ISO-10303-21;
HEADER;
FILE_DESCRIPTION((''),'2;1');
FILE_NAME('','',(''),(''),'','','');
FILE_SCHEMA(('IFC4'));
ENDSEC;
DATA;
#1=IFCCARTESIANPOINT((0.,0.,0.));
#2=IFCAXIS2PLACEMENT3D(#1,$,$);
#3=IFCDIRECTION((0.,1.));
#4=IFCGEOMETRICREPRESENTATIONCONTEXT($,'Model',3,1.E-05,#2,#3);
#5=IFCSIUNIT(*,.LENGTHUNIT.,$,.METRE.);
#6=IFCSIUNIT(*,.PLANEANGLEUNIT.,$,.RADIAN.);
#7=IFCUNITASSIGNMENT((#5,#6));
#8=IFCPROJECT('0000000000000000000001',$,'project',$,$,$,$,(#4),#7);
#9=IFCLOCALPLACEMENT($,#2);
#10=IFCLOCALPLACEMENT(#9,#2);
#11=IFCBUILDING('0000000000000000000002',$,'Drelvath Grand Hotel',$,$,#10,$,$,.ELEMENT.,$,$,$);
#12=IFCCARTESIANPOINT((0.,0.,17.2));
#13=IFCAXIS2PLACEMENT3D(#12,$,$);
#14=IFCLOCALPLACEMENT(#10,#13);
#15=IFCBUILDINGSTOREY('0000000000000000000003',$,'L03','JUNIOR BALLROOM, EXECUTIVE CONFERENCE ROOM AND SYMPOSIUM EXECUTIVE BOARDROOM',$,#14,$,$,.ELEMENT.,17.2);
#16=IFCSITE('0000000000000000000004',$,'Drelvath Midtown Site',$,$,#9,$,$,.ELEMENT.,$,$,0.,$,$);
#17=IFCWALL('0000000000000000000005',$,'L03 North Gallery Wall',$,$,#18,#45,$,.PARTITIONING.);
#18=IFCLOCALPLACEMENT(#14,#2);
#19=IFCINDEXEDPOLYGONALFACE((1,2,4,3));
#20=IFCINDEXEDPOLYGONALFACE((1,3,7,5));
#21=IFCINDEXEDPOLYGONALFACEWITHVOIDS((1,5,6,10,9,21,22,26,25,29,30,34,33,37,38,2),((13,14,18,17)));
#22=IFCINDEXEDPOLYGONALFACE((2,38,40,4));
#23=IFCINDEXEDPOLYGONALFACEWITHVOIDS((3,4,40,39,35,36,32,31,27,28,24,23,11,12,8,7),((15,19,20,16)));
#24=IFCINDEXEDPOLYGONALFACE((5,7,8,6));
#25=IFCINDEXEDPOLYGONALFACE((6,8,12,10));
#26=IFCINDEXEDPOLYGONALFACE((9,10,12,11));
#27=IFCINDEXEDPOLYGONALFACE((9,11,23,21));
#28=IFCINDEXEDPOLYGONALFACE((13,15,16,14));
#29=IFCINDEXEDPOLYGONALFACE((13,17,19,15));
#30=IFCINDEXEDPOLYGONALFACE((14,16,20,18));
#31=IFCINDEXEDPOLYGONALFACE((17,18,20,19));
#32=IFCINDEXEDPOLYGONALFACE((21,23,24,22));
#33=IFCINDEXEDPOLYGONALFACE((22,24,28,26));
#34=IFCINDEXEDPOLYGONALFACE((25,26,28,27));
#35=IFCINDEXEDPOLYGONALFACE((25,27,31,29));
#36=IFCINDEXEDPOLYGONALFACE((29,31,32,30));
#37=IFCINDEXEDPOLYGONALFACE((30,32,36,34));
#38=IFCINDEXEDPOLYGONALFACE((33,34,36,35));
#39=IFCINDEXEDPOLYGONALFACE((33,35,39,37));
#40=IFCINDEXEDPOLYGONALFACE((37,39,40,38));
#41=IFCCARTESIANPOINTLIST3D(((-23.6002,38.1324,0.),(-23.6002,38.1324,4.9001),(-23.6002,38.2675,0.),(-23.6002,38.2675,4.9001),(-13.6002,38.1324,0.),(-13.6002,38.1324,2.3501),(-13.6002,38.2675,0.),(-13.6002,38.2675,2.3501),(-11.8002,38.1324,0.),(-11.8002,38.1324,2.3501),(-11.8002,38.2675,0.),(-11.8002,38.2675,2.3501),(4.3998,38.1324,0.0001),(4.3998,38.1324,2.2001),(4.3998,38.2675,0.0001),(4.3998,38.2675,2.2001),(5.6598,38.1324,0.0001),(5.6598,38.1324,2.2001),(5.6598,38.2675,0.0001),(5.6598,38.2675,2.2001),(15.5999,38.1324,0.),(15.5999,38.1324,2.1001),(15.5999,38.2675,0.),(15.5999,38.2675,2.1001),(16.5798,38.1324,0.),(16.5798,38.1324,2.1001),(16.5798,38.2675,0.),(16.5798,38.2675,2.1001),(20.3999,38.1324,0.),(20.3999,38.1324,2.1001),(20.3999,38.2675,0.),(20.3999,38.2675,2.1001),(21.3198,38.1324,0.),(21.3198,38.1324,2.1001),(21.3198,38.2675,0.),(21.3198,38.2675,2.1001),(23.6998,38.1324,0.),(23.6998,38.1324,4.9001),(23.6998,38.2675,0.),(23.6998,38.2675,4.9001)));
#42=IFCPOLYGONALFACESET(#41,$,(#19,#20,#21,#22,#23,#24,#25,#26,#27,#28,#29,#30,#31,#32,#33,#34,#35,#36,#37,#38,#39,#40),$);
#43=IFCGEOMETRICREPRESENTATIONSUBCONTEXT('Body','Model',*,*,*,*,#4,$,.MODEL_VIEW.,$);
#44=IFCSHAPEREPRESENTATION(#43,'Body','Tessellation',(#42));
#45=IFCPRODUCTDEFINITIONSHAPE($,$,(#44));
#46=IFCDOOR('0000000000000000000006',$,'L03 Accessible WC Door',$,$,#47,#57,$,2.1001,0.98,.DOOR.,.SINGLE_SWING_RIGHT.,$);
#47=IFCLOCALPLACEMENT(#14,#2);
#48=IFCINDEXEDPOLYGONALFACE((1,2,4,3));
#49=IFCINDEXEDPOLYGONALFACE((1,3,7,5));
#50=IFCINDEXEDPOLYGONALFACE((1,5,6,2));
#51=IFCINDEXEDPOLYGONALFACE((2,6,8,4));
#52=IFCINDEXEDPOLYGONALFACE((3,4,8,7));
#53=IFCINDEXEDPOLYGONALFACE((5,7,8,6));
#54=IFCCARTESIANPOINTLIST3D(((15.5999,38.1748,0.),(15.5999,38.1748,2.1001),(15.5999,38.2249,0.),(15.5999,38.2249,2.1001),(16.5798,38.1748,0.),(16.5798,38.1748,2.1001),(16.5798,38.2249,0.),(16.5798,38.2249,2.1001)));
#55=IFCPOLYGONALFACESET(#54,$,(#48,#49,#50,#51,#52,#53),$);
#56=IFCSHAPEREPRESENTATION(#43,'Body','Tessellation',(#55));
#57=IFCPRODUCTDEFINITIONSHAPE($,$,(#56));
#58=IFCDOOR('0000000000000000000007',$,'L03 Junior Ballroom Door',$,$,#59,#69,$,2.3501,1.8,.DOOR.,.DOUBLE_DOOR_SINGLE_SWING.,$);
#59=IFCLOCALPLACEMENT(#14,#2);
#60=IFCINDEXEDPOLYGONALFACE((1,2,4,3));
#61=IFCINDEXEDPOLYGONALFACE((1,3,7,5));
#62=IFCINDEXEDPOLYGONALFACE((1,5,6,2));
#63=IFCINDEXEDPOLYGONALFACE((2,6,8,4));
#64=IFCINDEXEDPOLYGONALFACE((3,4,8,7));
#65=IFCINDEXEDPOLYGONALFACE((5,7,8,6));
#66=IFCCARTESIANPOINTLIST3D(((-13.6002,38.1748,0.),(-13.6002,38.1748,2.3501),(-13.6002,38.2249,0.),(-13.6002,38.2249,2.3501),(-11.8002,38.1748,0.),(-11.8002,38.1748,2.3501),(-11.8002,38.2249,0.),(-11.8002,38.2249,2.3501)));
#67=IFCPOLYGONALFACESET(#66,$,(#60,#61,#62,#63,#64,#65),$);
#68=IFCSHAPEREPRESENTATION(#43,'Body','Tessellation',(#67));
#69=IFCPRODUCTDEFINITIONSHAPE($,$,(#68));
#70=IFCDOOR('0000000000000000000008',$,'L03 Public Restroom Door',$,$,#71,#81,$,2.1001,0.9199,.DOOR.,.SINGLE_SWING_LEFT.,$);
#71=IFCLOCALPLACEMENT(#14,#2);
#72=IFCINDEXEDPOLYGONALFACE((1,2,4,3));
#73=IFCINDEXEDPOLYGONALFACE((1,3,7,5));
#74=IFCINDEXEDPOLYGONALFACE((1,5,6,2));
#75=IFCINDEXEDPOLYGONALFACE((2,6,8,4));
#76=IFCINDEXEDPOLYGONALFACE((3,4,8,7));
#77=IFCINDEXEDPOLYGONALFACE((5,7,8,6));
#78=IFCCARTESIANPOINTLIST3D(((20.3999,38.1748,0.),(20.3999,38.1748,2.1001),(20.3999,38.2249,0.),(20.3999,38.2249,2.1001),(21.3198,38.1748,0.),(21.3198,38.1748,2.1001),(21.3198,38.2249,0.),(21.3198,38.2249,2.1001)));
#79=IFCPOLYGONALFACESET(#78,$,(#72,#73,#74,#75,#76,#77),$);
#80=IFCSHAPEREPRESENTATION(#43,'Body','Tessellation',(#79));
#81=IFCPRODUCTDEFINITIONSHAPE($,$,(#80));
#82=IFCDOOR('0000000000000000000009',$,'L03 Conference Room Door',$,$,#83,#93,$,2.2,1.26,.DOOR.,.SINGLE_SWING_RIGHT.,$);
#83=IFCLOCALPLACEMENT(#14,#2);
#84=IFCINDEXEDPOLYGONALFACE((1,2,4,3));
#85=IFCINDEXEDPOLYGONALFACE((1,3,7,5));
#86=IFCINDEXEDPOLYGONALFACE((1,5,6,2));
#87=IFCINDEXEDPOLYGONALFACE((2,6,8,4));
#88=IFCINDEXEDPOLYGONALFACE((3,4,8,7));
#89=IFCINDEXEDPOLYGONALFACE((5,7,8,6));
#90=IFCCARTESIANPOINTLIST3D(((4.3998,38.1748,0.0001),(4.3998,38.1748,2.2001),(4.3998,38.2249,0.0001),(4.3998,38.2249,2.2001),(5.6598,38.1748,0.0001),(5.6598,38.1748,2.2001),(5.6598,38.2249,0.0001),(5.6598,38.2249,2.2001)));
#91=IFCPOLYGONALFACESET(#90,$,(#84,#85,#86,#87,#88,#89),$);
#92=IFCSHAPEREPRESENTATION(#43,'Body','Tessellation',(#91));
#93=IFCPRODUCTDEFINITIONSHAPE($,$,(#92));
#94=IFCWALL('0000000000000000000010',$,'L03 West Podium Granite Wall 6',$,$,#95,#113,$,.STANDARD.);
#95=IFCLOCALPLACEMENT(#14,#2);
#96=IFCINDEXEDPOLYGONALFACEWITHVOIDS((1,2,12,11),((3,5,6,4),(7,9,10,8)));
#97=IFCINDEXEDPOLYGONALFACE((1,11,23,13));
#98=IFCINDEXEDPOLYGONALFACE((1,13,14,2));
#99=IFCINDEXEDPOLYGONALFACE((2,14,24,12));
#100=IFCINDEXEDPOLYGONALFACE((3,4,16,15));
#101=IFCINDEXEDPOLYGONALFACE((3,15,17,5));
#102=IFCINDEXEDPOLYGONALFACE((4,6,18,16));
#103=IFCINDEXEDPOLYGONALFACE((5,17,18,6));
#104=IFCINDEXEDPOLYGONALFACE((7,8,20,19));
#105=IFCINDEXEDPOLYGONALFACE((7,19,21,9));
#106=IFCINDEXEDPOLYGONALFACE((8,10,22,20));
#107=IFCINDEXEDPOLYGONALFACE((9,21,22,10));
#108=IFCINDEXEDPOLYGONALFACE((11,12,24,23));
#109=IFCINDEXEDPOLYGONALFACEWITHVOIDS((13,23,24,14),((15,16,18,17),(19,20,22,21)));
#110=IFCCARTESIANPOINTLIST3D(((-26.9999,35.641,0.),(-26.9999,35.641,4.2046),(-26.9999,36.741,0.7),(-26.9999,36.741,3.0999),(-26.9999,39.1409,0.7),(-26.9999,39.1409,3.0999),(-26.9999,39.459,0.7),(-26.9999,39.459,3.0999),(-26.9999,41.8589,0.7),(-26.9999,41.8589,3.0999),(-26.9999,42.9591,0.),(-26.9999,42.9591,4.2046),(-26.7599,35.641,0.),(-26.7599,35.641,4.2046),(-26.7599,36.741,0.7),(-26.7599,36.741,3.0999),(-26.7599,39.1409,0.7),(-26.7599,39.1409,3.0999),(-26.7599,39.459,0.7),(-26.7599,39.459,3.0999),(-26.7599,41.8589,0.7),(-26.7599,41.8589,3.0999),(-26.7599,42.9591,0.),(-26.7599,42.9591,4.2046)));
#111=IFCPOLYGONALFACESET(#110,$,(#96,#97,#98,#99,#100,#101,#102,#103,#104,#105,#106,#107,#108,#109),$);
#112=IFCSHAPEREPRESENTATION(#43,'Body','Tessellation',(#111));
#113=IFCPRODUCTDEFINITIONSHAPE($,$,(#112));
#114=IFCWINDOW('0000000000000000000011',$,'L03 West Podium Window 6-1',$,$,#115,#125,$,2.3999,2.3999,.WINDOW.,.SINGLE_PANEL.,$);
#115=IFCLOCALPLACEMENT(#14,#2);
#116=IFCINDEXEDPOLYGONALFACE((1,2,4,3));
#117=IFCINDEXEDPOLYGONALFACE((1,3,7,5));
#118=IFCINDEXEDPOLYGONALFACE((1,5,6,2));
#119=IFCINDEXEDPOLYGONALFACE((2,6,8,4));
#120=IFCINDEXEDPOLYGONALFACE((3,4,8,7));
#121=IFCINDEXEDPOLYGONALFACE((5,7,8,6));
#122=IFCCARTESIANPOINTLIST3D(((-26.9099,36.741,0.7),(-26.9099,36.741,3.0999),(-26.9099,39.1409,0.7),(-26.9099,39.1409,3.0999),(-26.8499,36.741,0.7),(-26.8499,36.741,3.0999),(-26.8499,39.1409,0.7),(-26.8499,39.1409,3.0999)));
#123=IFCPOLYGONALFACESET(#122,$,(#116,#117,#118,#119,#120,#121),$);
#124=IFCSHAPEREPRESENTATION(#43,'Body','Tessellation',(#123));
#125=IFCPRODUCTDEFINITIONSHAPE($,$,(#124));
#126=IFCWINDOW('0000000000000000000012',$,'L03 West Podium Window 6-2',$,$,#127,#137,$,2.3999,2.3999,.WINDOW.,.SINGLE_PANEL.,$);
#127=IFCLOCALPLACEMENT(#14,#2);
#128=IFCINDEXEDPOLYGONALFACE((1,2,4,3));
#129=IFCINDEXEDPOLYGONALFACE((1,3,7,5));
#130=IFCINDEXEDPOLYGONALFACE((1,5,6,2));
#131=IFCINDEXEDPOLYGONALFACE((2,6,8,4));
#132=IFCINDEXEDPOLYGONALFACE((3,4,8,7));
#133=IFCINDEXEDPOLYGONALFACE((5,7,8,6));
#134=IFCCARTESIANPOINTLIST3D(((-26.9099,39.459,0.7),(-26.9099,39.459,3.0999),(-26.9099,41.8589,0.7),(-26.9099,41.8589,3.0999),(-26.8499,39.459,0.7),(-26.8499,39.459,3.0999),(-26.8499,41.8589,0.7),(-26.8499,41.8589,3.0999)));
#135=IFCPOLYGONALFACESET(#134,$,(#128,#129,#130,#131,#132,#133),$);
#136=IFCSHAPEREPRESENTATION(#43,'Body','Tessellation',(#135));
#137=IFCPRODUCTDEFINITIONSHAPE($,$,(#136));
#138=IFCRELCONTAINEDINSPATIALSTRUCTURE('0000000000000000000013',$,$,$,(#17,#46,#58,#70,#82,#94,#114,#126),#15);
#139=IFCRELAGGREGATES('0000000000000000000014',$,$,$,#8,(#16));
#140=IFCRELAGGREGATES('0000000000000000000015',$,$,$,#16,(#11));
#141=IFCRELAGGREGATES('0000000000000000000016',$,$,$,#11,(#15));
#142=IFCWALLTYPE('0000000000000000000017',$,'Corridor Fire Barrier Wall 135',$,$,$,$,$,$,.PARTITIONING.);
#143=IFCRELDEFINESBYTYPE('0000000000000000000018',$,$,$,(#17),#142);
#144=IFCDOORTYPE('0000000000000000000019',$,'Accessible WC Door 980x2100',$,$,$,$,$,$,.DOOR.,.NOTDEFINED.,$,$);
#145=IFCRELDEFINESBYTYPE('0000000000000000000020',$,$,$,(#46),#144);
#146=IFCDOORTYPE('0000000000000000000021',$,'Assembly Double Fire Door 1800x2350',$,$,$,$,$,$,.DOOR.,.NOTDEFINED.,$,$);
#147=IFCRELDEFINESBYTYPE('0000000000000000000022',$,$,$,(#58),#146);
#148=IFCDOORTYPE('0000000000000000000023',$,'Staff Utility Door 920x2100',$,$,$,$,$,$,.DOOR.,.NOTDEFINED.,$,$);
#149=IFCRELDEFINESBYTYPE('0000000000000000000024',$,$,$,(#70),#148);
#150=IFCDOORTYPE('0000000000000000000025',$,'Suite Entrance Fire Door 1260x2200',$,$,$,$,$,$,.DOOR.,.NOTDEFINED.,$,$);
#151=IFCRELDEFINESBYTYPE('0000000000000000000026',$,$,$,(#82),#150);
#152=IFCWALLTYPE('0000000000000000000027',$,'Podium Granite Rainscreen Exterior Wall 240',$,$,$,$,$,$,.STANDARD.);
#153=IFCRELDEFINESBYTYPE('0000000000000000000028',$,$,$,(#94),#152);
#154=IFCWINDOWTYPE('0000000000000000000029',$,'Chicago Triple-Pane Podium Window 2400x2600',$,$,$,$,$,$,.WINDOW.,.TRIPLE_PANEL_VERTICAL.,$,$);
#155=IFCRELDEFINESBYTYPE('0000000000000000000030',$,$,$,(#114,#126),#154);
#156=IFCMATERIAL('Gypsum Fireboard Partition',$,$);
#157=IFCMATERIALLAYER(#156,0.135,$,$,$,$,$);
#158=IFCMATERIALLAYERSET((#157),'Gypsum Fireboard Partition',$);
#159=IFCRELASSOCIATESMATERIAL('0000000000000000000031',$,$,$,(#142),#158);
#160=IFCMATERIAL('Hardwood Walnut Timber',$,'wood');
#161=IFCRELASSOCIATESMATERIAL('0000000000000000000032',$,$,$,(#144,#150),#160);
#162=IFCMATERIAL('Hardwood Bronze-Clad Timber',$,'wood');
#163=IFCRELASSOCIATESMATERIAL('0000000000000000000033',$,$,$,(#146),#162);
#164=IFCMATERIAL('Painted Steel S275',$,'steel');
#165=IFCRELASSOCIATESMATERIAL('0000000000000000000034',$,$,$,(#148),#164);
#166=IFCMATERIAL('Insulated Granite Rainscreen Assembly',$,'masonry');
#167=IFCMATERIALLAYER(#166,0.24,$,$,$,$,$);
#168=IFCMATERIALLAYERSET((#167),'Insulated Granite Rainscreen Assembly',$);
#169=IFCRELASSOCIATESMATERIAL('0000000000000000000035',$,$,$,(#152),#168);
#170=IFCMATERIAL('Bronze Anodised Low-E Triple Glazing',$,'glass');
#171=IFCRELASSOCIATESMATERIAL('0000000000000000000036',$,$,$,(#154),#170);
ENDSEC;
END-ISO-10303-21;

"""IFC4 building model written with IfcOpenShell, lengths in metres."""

from ifc_helpers import new_model, si_unit, direction, frame, frame_2d, origin, place, context, subcontext, project, spatial, rectangle, extrude, material, layer, layer_set, type_object, element, fill, save


model = new_model("IFC4")

# Units and contexts
model_context = context("Model", 3, precision=1e-05, world=origin(), true_north=direction((0.0, 1.0)))
body_context = subcontext(model_context, "Body", "Model", "MODEL_VIEW")
ifc_project = project(units=[si_unit("LENGTHUNIT", "METRE"), si_unit("PLANEANGLEUNIT", "RADIAN")], contexts=[model_context])

# Site, building, storey
site_placement = place(None, origin())
site = spatial("IfcSite", under=ifc_project, at=site_placement, Name="Drelvath Midtown Site", CompositionType="ELEMENT", RefElevation=0.0)
building_placement = place(site_placement, origin())
building = spatial("IfcBuilding", under=site, at=building_placement, Name="Drelvath Grand Hotel", CompositionType="ELEMENT")
storey_placement = place(building_placement, frame((0.0, 0.0, 17.2)))
storey = spatial("IfcBuildingStorey", under=building, at=storey_placement, Name="L03", Description="JUNIOR BALLROOM, EXECUTIVE CONFERENCE ROOM AND SYMPOSIUM EXECUTIVE BOARDROOM", CompositionType="ELEMENT", Elevation=17.2)

# Wall, openings, doors
ifc_material_1 = material(Name="Gypsum Fireboard Partition")
ifc_layer_1 = layer(ifc_material_1, 0.135)
ifc_layer_set_1 = layer_set([ifc_layer_1], Name="Gypsum Fireboard Partition")
wall_type_1 = type_object("IfcWallType", Name="Corridor Fire Barrier Wall 135", PredefinedType="PARTITIONING", material=ifc_layer_set_1)
wall_1_placement = place(storey_placement, frame((-23.6001, 38.2, 0.0), z_axis=(0.0, 0.0, 1.0), x_axis=(1.0, 0.0, 0.0)))
wall_1 = element("IfcWall", 1, at=wall_1_placement, inside=storey, type_object=wall_type_1, Name="L03 North Gallery Wall", PredefinedType="PARTITIONING", context=body_context, shape_type="SweptSolid", body=[
    extrude(rectangle(XDim=47.3, YDim=0.135, at=frame_2d((23.6499, 0.0))), origin(), (0.0, 0.0, 1.0), 4.9001),
])
opening_1_placement = place(wall_1_placement, frame((39.2, 0.0, 0.0)))
opening_1 = element("IfcOpeningElement", 2, at=opening_1_placement, cuts=wall_1, PredefinedType="OPENING", context=body_context, shape_type="SweptSolid", body=[
    extrude(rectangle(XDim=0.98, YDim=2.1001, at=frame_2d((0.49, 1.05))), frame((0.0, 0.0774, 0.0), z_axis=(0.0, -1.0, 0.0), x_axis=(1.0, 0.0, 0.0)), (0.0, 0.0, 1.0), 0.155),
])
opening_2_placement = place(wall_1_placement, frame((44.0, 0.0, 0.0)))
opening_2 = element("IfcOpeningElement", 3, at=opening_2_placement, cuts=wall_1, PredefinedType="OPENING", context=body_context, shape_type="SweptSolid", body=[
    extrude(rectangle(XDim=0.9199, YDim=2.1001, at=frame_2d((0.46, 1.05))), frame((0.0, 0.0774, 0.0), z_axis=(0.0, -1.0, 0.0), x_axis=(1.0, 0.0, 0.0)), (0.0, 0.0, 1.0), 0.155),
])
opening_3_placement = place(wall_1_placement, frame((10.0, 0.0, 0.0)))
opening_3 = element("IfcOpeningElement", 4, at=opening_3_placement, cuts=wall_1, PredefinedType="OPENING", context=body_context, shape_type="SweptSolid", body=[
    extrude(rectangle(XDim=1.8, YDim=2.3501, at=frame_2d((0.8999, 1.175))), frame((0.0, 0.0774, 0.0), z_axis=(0.0, -1.0, 0.0), x_axis=(1.0, 0.0, 0.0)), (0.0, 0.0, 1.0), 0.155),
])
opening_4_placement = place(wall_1_placement, frame((28.0, 0.0, 0.0)))
opening_4 = element("IfcOpeningElement", 5, at=opening_4_placement, cuts=wall_1, PredefinedType="OPENING", context=body_context, shape_type="SweptSolid", body=[
    extrude(rectangle(XDim=1.26, YDim=2.2, at=frame_2d((0.6299, 1.1001))), frame((0.0, 0.0774, 0.0), z_axis=(0.0, -1.0, 0.0), x_axis=(1.0, 0.0, 0.0)), (0.0, 0.0, 1.0), 0.155),
])
ifc_material_2 = material(Name="Hardwood Walnut Timber", Category="wood")
door_type_1 = type_object("IfcDoorType", Name="Accessible WC Door 980x2100", OperationType="NOTDEFINED", PredefinedType="DOOR", material=ifc_material_2)
door_1_placement = place(opening_1_placement, origin())
door_1 = element("IfcDoor", 6, at=door_1_placement, inside=storey, type_object=door_type_1, Name="L03 Accessible WC Door", OperationType="SINGLE_SWING_RIGHT", OverallHeight=2.1001, OverallWidth=0.98, PredefinedType="DOOR", context=body_context, shape_type="SweptSolid", body=[
    extrude(rectangle(XDim=0.98, YDim=2.1001, at=frame_2d((0.49, 1.05))), frame((0.0, 0.0249, 0.0), z_axis=(0.0, -1.0, 0.0), x_axis=(1.0, 0.0, 0.0)), (0.0, 0.0, 1.0), 0.05),
])
fill(opening_1, door_1)
ifc_material_3 = material(Name="Hardwood Bronze-Clad Timber", Category="wood")
door_type_2 = type_object("IfcDoorType", Name="Assembly Double Fire Door 1800x2350", OperationType="NOTDEFINED", PredefinedType="DOOR", material=ifc_material_3)
door_2_placement = place(opening_3_placement, origin())
door_2 = element("IfcDoor", 7, at=door_2_placement, inside=storey, type_object=door_type_2, Name="L03 Junior Ballroom Door", OperationType="DOUBLE_DOOR_SINGLE_SWING", OverallHeight=2.3501, OverallWidth=1.8, PredefinedType="DOOR", context=body_context, shape_type="SweptSolid", body=[
    extrude(rectangle(XDim=1.8, YDim=2.3501, at=frame_2d((0.8999, 1.175))), frame((0.0, 0.0249, 0.0), z_axis=(0.0, -1.0, 0.0), x_axis=(1.0, 0.0, 0.0)), (0.0, 0.0, 1.0), 0.05),
])
fill(opening_3, door_2)
ifc_material_4 = material(Name="Painted Steel S275", Category="steel")
door_type_3 = type_object("IfcDoorType", Name="Staff Utility Door 920x2100", OperationType="NOTDEFINED", PredefinedType="DOOR", material=ifc_material_4)
door_3_placement = place(opening_2_placement, origin())
door_3 = element("IfcDoor", 8, at=door_3_placement, inside=storey, type_object=door_type_3, Name="L03 Public Restroom Door", OperationType="SINGLE_SWING_LEFT", OverallHeight=2.1001, OverallWidth=0.9199, PredefinedType="DOOR", context=body_context, shape_type="SweptSolid", body=[
    extrude(rectangle(XDim=0.9199, YDim=2.1001, at=frame_2d((0.46, 1.05))), frame((0.0, 0.0249, 0.0), z_axis=(0.0, -1.0, 0.0), x_axis=(1.0, 0.0, 0.0)), (0.0, 0.0, 1.0), 0.05),
])
fill(opening_2, door_3)
door_type_4 = type_object("IfcDoorType", Name="Suite Entrance Fire Door 1260x2200", OperationType="NOTDEFINED", PredefinedType="DOOR", material=ifc_material_2)
door_4_placement = place(opening_4_placement, origin())
door_4 = element("IfcDoor", 9, at=door_4_placement, inside=storey, type_object=door_type_4, Name="L03 Conference Room Door", OperationType="SINGLE_SWING_RIGHT", OverallHeight=2.2, OverallWidth=1.26, PredefinedType="DOOR", context=body_context, shape_type="SweptSolid", body=[
    extrude(rectangle(XDim=1.26, YDim=2.2, at=frame_2d((0.6299, 1.1001))), frame((0.0, 0.0249, 0.0), z_axis=(0.0, -1.0, 0.0), x_axis=(1.0, 0.0, 0.0)), (0.0, 0.0, 1.0), 0.05),
])
fill(opening_4, door_4)

# Wall, openings, windows
ifc_material_5 = material(Name="Insulated Granite Rainscreen Assembly", Category="masonry")
ifc_layer_2 = layer(ifc_material_5, 0.24)
ifc_layer_set_2 = layer_set([ifc_layer_2], Name="Insulated Granite Rainscreen Assembly")
wall_type_2 = type_object("IfcWallType", Name="Podium Granite Rainscreen Exterior Wall 240", PredefinedType="STANDARD", material=ifc_layer_set_2)
wall_2_placement = place(storey_placement, frame((-26.8799, 35.6409, 0.0), z_axis=(0.0, 0.0, 1.0), x_axis=(0.0, 1.0, 0.0)))
wall_2 = element("IfcWall", 10, at=wall_2_placement, inside=storey, type_object=wall_type_2, Name="L03 West Podium Granite Wall 6", PredefinedType="STANDARD", context=body_context, shape_type="SweptSolid", body=[
    extrude(rectangle(XDim=7.3181, YDim=0.24, at=frame_2d((3.6592, 0.0))), origin(), (0.0, 0.0, 1.0), 4.2046),
])
opening_5_placement = place(wall_2_placement, frame((1.1001, 0.0, 0.7)))
opening_5 = element("IfcOpeningElement", 11, at=opening_5_placement, cuts=wall_2, PredefinedType="OPENING", context=body_context, shape_type="SweptSolid", body=[
    extrude(rectangle(XDim=2.3999, YDim=2.3999, at=frame_2d((1.2, 1.2))), frame((0.0, 0.1299, 0.0), z_axis=(0.0, -1.0, 0.0), x_axis=(1.0, 0.0, 0.0)), (0.0, 0.0, 1.0), 0.26),
])
opening_6_placement = place(wall_2_placement, frame((3.8181, 0.0, 0.7)))
opening_6 = element("IfcOpeningElement", 12, at=opening_6_placement, cuts=wall_2, PredefinedType="OPENING", context=body_context, shape_type="SweptSolid", body=[
    extrude(rectangle(XDim=2.3999, YDim=2.3999, at=frame_2d((1.2, 1.2))), frame((0.0, 0.1299, 0.0), z_axis=(0.0, -1.0, 0.0), x_axis=(1.0, 0.0, 0.0)), (0.0, 0.0, 1.0), 0.26),
])
ifc_material_6 = material(Name="Bronze Anodised Low-E Triple Glazing", Category="glass")
window_type_1 = type_object("IfcWindowType", Name="Chicago Triple-Pane Podium Window 2400x2600", PartitioningType="TRIPLE_PANEL_VERTICAL", PredefinedType="WINDOW", material=ifc_material_6)
window_1_placement = place(opening_5_placement, origin())
window_1 = element("IfcWindow", 13, at=window_1_placement, inside=storey, type_object=window_type_1, Name="L03 West Podium Window 6-1", OverallHeight=2.3999, OverallWidth=2.3999, PartitioningType="SINGLE_PANEL", PredefinedType="WINDOW", context=body_context, shape_type="SweptSolid", body=[
    extrude(rectangle(XDim=2.3999, YDim=2.3999, at=frame_2d((1.2, 1.2))), frame((0.0, 0.03, 0.0), z_axis=(0.0, -1.0, 0.0), x_axis=(1.0, 0.0, 0.0)), (0.0, 0.0, 1.0), 0.0601),
])
fill(opening_5, window_1)
window_2_placement = place(opening_6_placement, origin())
window_2 = element("IfcWindow", 14, at=window_2_placement, inside=storey, type_object=window_type_1, Name="L03 West Podium Window 6-2", OverallHeight=2.3999, OverallWidth=2.3999, PartitioningType="SINGLE_PANEL", PredefinedType="WINDOW", context=body_context, shape_type="SweptSolid", body=[
    extrude(rectangle(XDim=2.3999, YDim=2.3999, at=frame_2d((1.2, 1.2))), frame((0.0, 0.03, 0.0), z_axis=(0.0, -1.0, 0.0), x_axis=(1.0, 0.0, 0.0)), (0.0, 0.0, 1.0), 0.0601),
])
fill(opening_6, window_2)

save(model, "model.ifc")
